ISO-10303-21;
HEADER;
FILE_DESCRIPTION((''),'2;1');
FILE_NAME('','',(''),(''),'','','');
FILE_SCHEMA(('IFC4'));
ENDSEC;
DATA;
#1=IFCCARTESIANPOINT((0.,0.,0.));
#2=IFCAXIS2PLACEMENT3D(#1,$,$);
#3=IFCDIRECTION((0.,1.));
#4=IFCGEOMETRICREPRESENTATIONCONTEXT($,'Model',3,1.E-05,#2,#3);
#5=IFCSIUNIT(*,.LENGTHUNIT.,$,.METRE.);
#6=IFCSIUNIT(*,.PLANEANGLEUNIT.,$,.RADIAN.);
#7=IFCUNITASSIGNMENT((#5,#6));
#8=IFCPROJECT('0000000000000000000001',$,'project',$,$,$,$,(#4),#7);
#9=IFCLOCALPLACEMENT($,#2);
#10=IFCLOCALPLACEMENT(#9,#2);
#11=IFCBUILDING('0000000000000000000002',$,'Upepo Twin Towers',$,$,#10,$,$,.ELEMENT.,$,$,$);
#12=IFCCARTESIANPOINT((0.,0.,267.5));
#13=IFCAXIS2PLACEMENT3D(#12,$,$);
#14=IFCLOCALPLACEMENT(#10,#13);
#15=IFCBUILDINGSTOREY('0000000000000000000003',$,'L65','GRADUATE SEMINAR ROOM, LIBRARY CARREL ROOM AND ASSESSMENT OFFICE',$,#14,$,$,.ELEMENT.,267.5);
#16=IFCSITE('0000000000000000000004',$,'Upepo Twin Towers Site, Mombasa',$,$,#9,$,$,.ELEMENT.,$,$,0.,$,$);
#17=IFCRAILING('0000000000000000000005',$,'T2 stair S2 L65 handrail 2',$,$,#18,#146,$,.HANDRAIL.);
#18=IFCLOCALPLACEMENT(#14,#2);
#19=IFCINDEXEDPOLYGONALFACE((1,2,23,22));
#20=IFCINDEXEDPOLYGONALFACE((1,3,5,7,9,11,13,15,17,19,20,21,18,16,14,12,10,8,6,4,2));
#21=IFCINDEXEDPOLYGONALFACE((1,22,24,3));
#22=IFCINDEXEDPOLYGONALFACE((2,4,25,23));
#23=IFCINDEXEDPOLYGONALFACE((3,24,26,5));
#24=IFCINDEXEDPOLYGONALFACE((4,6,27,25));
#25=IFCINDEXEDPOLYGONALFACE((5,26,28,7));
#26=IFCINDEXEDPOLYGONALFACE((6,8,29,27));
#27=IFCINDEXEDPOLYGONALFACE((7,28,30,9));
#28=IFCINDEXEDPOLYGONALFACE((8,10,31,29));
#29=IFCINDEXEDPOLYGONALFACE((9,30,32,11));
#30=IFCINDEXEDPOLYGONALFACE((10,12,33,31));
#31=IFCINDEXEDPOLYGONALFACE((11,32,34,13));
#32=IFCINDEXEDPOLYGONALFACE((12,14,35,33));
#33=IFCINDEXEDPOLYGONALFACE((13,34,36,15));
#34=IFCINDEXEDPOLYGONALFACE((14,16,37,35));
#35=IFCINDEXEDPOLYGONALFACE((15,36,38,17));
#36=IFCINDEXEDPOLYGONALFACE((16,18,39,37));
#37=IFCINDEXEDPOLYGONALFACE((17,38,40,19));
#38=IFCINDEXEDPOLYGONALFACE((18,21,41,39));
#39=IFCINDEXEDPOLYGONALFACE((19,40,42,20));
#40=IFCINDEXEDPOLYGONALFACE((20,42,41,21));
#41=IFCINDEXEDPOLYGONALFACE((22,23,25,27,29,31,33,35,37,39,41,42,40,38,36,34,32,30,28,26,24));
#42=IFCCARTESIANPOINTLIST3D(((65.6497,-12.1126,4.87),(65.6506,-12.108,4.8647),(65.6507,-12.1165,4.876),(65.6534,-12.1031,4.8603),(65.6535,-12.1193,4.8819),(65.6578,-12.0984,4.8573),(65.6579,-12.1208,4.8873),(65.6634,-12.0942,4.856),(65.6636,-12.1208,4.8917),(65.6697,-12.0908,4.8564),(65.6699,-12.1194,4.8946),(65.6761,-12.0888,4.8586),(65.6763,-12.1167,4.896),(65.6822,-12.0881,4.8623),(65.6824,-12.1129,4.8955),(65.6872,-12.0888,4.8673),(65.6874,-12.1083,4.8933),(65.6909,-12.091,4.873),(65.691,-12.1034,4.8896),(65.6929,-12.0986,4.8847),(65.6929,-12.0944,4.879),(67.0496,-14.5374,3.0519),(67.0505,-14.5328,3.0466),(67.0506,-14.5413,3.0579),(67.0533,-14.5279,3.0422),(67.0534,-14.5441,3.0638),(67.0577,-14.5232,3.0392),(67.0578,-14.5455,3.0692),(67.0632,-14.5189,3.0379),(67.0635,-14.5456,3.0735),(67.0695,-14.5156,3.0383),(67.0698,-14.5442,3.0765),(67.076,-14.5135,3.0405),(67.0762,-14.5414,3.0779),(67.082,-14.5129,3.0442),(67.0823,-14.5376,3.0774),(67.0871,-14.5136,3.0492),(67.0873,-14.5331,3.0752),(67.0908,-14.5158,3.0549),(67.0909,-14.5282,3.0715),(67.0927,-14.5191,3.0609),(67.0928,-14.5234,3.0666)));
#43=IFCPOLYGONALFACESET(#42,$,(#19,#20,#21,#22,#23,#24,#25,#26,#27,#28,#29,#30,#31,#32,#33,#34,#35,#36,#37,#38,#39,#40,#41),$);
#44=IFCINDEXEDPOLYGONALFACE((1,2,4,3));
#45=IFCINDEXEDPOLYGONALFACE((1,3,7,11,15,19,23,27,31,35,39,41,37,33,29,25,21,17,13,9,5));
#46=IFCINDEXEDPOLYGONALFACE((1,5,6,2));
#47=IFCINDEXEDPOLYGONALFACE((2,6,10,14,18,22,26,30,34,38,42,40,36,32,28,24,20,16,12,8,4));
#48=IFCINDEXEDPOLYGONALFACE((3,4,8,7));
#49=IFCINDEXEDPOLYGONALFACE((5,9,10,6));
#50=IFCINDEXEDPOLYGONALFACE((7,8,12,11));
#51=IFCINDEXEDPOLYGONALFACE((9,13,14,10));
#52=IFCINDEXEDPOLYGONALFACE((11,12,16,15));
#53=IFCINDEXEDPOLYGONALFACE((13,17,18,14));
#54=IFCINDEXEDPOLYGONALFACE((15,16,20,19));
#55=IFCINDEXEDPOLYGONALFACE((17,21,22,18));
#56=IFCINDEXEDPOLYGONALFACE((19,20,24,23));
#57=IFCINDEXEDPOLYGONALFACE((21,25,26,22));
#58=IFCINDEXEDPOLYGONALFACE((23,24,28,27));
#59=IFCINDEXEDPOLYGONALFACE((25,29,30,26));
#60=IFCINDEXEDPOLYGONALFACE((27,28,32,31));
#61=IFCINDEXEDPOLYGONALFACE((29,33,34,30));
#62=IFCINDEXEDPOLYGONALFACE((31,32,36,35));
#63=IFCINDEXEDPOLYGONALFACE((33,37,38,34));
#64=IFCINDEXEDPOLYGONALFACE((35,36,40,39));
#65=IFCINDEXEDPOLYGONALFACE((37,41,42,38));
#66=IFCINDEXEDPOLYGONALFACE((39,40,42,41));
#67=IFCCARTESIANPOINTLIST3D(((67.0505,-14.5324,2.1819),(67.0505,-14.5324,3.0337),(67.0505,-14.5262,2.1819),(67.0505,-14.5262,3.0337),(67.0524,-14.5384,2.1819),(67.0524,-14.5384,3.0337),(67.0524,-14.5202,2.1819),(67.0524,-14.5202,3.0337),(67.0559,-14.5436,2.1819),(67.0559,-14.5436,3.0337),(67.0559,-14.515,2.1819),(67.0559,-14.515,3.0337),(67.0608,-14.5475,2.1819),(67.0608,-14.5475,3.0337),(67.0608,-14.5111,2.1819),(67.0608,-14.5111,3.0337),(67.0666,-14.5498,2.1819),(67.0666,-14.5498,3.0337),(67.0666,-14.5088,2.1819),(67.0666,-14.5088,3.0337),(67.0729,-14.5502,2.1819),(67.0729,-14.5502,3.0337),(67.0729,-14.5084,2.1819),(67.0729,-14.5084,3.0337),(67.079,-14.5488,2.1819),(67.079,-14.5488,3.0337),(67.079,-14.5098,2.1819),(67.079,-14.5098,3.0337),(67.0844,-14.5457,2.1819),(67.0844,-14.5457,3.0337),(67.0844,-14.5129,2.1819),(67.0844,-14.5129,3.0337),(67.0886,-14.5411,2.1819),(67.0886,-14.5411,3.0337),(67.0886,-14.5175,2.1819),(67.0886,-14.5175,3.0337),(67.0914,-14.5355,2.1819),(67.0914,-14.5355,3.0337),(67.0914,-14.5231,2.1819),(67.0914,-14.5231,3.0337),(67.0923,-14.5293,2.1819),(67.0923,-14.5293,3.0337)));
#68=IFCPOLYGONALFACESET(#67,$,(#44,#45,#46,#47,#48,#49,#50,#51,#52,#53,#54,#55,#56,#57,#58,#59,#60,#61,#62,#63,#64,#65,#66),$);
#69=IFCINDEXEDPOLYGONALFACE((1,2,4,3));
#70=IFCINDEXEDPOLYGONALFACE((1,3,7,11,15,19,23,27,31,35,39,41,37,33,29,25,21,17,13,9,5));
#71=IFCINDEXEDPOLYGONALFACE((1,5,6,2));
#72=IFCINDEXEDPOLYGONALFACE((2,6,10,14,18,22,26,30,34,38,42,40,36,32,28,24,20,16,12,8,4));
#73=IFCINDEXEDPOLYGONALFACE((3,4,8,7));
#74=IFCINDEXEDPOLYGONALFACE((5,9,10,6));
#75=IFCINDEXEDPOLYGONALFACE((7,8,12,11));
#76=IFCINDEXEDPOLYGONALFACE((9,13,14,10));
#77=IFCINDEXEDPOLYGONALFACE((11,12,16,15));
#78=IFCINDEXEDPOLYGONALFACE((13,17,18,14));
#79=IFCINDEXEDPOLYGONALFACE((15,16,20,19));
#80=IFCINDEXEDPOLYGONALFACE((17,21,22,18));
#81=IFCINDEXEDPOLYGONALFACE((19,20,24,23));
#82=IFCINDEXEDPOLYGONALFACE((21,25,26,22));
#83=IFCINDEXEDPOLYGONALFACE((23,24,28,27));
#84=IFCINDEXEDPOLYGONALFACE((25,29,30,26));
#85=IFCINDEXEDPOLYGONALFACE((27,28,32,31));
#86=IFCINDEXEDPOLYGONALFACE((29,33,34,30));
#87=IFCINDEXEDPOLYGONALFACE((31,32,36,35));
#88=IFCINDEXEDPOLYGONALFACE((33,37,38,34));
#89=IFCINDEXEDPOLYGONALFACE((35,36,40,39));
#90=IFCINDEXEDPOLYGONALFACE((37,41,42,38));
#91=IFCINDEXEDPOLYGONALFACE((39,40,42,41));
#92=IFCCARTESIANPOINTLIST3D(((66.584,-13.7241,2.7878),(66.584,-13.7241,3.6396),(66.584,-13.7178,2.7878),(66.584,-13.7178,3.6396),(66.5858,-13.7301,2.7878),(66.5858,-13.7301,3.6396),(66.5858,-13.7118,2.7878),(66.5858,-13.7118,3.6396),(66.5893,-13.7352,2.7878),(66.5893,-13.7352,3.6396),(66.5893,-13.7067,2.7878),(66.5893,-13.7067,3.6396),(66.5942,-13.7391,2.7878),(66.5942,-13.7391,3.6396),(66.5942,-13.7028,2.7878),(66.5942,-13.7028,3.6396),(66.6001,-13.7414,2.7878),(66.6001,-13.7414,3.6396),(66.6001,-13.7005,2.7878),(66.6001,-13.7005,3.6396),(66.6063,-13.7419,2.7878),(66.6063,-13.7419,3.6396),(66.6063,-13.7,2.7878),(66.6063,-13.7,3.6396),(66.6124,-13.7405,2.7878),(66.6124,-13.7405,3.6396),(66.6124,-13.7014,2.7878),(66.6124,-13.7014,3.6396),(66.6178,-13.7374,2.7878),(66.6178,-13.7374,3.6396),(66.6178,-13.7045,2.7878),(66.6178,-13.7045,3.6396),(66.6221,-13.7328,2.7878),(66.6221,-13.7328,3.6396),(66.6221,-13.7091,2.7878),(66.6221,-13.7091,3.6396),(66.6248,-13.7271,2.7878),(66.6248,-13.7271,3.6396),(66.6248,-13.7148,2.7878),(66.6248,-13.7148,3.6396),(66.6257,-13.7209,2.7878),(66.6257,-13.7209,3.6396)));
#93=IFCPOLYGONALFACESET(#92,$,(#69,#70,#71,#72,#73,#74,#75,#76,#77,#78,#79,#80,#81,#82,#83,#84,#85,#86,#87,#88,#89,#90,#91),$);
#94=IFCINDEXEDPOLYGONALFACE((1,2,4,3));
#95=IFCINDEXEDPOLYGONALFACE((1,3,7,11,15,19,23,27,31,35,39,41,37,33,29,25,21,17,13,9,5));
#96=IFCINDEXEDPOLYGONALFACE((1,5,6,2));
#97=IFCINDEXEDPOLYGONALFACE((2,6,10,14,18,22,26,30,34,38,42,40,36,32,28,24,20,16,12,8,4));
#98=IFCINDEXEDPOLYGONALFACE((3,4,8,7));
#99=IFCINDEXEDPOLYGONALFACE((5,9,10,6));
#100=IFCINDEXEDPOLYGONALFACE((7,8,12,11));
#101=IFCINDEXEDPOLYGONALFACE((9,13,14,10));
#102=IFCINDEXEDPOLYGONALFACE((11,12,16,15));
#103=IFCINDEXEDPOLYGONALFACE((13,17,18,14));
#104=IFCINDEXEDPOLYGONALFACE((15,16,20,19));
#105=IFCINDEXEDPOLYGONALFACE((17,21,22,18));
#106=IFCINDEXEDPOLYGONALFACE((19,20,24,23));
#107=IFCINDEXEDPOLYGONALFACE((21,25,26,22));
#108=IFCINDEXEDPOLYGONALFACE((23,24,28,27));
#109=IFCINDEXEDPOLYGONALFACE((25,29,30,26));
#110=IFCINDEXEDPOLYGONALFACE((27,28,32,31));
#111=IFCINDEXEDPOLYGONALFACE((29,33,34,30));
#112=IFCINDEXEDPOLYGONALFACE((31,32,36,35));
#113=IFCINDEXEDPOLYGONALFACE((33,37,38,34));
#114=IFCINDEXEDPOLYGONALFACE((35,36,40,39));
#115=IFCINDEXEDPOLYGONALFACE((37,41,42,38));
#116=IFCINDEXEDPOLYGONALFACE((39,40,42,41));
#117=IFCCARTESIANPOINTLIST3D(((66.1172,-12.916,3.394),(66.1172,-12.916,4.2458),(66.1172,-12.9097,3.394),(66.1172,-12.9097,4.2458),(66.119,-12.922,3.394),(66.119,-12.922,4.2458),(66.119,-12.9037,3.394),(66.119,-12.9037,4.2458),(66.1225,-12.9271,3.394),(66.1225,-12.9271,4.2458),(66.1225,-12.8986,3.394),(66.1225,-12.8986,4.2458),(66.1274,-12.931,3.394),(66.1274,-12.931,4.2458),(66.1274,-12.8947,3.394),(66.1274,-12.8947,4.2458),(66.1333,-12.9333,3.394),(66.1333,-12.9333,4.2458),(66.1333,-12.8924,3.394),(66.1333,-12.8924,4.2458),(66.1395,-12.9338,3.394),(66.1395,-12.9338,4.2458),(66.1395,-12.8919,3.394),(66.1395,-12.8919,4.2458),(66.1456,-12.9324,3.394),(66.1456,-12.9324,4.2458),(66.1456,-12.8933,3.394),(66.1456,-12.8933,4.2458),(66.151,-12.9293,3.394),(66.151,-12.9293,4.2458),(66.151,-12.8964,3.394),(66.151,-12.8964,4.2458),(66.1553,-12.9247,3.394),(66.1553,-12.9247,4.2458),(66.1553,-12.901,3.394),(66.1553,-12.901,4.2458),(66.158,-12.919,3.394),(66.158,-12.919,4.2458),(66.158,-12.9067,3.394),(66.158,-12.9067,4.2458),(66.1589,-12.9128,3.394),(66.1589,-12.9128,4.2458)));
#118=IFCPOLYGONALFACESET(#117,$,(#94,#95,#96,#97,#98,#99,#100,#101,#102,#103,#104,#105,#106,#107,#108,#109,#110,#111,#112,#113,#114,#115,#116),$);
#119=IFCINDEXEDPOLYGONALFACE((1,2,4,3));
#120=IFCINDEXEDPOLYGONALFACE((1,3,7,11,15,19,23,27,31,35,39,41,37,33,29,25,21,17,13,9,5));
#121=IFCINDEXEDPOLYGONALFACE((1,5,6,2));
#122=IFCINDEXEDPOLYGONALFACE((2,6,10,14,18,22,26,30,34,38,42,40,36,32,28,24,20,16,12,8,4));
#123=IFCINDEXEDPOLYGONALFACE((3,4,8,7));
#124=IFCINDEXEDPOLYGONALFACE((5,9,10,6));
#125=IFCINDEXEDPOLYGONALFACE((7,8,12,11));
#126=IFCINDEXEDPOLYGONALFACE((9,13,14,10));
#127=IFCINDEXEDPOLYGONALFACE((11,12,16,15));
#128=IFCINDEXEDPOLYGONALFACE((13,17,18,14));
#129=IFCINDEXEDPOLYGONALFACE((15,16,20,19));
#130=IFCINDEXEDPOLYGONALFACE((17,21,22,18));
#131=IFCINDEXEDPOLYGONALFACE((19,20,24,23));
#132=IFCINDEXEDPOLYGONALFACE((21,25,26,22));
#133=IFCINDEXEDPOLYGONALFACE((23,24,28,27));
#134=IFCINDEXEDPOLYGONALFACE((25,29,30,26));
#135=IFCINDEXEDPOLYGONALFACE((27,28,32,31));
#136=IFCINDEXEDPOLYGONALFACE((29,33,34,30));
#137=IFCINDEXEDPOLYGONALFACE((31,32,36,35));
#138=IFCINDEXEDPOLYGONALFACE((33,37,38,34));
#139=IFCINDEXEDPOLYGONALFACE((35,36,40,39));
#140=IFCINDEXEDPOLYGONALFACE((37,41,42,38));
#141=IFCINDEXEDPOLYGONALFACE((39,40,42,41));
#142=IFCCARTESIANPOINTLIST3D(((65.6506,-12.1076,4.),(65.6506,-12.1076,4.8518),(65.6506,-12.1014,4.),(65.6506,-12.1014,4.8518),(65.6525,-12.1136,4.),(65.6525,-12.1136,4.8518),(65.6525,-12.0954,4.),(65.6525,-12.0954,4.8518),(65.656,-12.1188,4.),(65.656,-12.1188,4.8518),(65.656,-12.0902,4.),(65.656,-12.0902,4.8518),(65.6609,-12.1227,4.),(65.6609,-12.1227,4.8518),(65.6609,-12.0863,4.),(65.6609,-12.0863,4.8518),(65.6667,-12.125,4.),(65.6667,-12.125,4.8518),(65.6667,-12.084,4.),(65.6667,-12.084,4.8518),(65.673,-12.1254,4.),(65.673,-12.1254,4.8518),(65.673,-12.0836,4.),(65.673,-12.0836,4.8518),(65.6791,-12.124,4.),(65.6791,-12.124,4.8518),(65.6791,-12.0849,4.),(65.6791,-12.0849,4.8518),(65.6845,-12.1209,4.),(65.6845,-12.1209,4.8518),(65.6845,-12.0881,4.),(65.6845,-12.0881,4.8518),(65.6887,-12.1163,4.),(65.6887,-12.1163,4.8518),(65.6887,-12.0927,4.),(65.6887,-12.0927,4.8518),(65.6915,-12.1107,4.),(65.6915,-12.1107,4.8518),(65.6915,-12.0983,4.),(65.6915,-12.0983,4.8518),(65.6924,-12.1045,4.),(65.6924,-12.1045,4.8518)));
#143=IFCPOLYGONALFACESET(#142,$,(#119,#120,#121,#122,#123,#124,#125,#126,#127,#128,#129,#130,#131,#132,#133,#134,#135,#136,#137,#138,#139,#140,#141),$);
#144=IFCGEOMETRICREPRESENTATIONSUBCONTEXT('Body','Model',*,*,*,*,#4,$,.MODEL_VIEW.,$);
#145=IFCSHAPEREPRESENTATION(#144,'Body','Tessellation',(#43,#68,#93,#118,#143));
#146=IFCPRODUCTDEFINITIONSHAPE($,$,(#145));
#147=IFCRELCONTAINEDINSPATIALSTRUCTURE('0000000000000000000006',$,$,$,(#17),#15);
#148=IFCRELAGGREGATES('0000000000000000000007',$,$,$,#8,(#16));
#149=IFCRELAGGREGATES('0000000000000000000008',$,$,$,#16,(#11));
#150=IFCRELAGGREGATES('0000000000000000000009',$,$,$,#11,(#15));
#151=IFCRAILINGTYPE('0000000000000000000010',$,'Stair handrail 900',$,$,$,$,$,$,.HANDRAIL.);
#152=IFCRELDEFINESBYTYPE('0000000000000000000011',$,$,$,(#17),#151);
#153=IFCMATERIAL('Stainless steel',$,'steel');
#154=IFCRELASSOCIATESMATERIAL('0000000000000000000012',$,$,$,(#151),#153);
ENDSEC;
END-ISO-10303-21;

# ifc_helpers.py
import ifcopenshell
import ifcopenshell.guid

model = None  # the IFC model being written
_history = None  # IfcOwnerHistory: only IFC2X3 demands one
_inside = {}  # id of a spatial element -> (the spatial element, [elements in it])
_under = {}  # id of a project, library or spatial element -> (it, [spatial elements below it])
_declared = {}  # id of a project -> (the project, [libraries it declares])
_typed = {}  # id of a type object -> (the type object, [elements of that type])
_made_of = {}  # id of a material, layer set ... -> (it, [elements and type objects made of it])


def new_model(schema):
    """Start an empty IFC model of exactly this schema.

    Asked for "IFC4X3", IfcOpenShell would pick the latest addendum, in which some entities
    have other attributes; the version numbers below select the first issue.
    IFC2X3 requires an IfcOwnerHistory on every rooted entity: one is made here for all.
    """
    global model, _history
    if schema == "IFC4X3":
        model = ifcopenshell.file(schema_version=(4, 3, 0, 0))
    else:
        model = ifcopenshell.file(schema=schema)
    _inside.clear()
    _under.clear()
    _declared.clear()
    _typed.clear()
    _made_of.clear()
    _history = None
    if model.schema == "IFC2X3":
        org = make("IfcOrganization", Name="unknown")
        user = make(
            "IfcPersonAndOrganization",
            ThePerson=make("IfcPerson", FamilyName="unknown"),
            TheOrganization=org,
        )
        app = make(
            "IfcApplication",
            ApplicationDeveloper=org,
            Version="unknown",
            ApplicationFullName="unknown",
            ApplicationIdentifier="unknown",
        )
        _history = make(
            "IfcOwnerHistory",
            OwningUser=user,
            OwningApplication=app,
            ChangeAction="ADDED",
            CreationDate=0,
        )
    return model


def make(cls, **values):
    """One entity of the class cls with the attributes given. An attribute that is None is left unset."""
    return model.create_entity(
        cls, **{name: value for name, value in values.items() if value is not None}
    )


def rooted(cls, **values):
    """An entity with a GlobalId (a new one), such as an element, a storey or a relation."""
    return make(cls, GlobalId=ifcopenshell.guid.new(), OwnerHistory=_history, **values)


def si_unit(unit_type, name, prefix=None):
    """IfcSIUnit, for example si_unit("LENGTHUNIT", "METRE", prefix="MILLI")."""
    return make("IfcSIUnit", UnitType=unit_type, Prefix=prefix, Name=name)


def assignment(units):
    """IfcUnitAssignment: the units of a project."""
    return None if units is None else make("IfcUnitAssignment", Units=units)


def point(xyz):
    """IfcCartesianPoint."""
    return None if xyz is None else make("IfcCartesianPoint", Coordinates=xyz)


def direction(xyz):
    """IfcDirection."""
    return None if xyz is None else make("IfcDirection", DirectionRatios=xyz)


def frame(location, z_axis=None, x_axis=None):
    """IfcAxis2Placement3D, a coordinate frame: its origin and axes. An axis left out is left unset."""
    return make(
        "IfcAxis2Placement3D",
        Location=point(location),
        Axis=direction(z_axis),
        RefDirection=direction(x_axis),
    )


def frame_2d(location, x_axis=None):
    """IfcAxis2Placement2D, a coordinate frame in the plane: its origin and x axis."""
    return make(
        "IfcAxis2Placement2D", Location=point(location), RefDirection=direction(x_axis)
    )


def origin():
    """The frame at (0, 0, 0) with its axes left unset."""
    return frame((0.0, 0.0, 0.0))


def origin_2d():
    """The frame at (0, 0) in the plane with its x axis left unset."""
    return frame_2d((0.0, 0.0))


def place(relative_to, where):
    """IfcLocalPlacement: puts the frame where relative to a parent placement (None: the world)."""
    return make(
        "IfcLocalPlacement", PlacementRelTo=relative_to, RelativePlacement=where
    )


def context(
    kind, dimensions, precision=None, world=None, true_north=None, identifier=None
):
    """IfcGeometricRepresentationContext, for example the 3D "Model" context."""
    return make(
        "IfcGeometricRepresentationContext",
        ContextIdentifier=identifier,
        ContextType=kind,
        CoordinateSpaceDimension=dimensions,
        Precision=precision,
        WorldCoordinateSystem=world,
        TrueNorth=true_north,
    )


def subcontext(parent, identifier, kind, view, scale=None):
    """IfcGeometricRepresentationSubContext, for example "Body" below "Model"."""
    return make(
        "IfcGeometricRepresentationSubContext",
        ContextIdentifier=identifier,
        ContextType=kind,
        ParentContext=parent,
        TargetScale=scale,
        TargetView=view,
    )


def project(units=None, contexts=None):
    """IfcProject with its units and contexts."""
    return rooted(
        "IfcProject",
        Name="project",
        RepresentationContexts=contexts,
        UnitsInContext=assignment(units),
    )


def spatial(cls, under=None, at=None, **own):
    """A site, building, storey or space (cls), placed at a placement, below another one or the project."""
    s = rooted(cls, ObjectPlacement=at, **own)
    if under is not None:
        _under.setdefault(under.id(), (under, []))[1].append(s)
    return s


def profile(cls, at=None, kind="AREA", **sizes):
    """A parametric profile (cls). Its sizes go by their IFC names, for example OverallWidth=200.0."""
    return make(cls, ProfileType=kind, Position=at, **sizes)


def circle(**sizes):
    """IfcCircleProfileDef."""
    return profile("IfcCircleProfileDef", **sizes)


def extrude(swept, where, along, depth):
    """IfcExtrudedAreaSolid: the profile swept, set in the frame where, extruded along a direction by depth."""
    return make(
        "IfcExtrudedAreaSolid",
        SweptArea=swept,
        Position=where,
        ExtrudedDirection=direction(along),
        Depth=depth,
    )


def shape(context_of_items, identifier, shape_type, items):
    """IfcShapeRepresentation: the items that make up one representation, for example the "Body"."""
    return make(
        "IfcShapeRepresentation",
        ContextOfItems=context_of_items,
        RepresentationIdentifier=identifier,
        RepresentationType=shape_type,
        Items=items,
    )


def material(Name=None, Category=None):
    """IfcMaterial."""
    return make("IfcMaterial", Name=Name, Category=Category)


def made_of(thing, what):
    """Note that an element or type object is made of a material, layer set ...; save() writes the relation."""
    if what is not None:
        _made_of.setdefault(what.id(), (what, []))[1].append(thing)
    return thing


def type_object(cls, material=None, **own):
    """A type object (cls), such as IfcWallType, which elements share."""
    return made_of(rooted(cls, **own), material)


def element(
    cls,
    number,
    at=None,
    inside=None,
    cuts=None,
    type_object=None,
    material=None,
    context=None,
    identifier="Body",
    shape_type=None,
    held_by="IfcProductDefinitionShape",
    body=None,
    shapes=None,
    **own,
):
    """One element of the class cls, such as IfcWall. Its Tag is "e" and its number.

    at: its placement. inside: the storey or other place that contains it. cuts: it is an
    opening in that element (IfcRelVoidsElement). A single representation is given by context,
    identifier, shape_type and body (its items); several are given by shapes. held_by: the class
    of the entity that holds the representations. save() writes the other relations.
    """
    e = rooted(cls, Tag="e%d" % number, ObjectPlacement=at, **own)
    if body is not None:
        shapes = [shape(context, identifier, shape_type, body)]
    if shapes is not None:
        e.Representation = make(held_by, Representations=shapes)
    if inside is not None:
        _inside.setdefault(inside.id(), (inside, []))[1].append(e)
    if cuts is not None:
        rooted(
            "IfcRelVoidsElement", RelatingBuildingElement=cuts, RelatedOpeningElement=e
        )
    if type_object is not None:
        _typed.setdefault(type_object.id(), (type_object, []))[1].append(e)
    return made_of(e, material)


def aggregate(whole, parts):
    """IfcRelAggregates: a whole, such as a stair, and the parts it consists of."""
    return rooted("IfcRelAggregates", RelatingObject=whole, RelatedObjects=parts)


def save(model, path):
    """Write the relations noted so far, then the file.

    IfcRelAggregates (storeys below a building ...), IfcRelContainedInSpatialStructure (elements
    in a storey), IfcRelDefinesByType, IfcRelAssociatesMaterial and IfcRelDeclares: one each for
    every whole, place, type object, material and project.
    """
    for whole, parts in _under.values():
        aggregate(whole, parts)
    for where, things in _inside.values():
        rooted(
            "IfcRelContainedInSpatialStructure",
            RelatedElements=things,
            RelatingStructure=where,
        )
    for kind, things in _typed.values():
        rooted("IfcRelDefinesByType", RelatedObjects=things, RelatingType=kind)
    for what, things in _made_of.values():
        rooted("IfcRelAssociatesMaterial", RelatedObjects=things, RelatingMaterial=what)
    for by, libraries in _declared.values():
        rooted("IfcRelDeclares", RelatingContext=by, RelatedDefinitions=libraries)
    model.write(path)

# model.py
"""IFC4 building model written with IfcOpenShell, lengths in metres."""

from ifc_helpers import new_model, si_unit, direction, frame, origin, origin_2d, place, context, subcontext, project, spatial, circle, extrude, material, type_object, element, save


model = new_model("IFC4")

# Units and contexts
model_context = context("Model", 3, precision=1e-05, world=origin(), true_north=direction((0.0, 1.0)))
body_context = subcontext(model_context, "Body", "Model", "MODEL_VIEW")
ifc_project = project(units=[si_unit("LENGTHUNIT", "METRE"), si_unit("PLANEANGLEUNIT", "RADIAN")], contexts=[model_context])

# Site, building, storey
site_placement = place(None, origin())
site = spatial("IfcSite", under=ifc_project, at=site_placement, Name="Upepo Twin Towers Site, Mombasa", CompositionType="ELEMENT", RefElevation=0.0)
building_placement = place(site_placement, origin())
building = spatial("IfcBuilding", under=site, at=building_placement, Name="Upepo Twin Towers", CompositionType="ELEMENT")
storey_placement = place(building_placement, frame((0.0, 0.0, 267.5)))
storey = spatial("IfcBuildingStorey", under=building, at=storey_placement, Name="L65", Description="GRADUATE SEMINAR ROOM, LIBRARY CARREL ROOM AND ASSESSMENT OFFICE", CompositionType="ELEMENT", Elevation=267.5)

# Railing
ifc_material_1 = material(Name="Stainless steel", Category="steel")
railing_type = type_object("IfcRailingType", Name="Stair handrail 900", PredefinedType="HANDRAIL", material=ifc_material_1)
railing_1_placement = place(storey_placement, frame((67.0713, -14.5293, 2.1819)))
element("IfcRailing", 1, at=railing_1_placement, inside=storey, type_object=railing_type, Name="T2 stair S2 L65 handrail 2", PredefinedType="HANDRAIL", context=body_context, shape_type="SweptSolid", body=[
    extrude(circle(Radius=0.0239, at=origin_2d()), frame((0.0, 0.0, 0.876), z_axis=(-0.419333, 0.726336, 0.544606), x_axis=(-0.866035, -0.499984, 0.0)), (0.0, 0.0, 1.0), 3.3384),
    extrude(circle(Radius=0.021, at=origin_2d()), origin(), (0.0, 0.0, 1.0), 0.8518),
    extrude(circle(Radius=0.021, at=origin_2d()), frame((-0.4666, 0.8083, 0.606)), (0.0, 0.0, 1.0), 0.8518),
    extrude(circle(Radius=0.021, at=origin_2d()), frame((-0.9333, 1.6165, 1.2122)), (0.0, 0.0, 1.0), 0.8518),
    extrude(circle(Radius=0.021, at=origin_2d()), frame((-1.3999, 2.4248, 1.8181)), (0.0, 0.0, 1.0), 0.8518),
])

save(model, "model.ifc")
